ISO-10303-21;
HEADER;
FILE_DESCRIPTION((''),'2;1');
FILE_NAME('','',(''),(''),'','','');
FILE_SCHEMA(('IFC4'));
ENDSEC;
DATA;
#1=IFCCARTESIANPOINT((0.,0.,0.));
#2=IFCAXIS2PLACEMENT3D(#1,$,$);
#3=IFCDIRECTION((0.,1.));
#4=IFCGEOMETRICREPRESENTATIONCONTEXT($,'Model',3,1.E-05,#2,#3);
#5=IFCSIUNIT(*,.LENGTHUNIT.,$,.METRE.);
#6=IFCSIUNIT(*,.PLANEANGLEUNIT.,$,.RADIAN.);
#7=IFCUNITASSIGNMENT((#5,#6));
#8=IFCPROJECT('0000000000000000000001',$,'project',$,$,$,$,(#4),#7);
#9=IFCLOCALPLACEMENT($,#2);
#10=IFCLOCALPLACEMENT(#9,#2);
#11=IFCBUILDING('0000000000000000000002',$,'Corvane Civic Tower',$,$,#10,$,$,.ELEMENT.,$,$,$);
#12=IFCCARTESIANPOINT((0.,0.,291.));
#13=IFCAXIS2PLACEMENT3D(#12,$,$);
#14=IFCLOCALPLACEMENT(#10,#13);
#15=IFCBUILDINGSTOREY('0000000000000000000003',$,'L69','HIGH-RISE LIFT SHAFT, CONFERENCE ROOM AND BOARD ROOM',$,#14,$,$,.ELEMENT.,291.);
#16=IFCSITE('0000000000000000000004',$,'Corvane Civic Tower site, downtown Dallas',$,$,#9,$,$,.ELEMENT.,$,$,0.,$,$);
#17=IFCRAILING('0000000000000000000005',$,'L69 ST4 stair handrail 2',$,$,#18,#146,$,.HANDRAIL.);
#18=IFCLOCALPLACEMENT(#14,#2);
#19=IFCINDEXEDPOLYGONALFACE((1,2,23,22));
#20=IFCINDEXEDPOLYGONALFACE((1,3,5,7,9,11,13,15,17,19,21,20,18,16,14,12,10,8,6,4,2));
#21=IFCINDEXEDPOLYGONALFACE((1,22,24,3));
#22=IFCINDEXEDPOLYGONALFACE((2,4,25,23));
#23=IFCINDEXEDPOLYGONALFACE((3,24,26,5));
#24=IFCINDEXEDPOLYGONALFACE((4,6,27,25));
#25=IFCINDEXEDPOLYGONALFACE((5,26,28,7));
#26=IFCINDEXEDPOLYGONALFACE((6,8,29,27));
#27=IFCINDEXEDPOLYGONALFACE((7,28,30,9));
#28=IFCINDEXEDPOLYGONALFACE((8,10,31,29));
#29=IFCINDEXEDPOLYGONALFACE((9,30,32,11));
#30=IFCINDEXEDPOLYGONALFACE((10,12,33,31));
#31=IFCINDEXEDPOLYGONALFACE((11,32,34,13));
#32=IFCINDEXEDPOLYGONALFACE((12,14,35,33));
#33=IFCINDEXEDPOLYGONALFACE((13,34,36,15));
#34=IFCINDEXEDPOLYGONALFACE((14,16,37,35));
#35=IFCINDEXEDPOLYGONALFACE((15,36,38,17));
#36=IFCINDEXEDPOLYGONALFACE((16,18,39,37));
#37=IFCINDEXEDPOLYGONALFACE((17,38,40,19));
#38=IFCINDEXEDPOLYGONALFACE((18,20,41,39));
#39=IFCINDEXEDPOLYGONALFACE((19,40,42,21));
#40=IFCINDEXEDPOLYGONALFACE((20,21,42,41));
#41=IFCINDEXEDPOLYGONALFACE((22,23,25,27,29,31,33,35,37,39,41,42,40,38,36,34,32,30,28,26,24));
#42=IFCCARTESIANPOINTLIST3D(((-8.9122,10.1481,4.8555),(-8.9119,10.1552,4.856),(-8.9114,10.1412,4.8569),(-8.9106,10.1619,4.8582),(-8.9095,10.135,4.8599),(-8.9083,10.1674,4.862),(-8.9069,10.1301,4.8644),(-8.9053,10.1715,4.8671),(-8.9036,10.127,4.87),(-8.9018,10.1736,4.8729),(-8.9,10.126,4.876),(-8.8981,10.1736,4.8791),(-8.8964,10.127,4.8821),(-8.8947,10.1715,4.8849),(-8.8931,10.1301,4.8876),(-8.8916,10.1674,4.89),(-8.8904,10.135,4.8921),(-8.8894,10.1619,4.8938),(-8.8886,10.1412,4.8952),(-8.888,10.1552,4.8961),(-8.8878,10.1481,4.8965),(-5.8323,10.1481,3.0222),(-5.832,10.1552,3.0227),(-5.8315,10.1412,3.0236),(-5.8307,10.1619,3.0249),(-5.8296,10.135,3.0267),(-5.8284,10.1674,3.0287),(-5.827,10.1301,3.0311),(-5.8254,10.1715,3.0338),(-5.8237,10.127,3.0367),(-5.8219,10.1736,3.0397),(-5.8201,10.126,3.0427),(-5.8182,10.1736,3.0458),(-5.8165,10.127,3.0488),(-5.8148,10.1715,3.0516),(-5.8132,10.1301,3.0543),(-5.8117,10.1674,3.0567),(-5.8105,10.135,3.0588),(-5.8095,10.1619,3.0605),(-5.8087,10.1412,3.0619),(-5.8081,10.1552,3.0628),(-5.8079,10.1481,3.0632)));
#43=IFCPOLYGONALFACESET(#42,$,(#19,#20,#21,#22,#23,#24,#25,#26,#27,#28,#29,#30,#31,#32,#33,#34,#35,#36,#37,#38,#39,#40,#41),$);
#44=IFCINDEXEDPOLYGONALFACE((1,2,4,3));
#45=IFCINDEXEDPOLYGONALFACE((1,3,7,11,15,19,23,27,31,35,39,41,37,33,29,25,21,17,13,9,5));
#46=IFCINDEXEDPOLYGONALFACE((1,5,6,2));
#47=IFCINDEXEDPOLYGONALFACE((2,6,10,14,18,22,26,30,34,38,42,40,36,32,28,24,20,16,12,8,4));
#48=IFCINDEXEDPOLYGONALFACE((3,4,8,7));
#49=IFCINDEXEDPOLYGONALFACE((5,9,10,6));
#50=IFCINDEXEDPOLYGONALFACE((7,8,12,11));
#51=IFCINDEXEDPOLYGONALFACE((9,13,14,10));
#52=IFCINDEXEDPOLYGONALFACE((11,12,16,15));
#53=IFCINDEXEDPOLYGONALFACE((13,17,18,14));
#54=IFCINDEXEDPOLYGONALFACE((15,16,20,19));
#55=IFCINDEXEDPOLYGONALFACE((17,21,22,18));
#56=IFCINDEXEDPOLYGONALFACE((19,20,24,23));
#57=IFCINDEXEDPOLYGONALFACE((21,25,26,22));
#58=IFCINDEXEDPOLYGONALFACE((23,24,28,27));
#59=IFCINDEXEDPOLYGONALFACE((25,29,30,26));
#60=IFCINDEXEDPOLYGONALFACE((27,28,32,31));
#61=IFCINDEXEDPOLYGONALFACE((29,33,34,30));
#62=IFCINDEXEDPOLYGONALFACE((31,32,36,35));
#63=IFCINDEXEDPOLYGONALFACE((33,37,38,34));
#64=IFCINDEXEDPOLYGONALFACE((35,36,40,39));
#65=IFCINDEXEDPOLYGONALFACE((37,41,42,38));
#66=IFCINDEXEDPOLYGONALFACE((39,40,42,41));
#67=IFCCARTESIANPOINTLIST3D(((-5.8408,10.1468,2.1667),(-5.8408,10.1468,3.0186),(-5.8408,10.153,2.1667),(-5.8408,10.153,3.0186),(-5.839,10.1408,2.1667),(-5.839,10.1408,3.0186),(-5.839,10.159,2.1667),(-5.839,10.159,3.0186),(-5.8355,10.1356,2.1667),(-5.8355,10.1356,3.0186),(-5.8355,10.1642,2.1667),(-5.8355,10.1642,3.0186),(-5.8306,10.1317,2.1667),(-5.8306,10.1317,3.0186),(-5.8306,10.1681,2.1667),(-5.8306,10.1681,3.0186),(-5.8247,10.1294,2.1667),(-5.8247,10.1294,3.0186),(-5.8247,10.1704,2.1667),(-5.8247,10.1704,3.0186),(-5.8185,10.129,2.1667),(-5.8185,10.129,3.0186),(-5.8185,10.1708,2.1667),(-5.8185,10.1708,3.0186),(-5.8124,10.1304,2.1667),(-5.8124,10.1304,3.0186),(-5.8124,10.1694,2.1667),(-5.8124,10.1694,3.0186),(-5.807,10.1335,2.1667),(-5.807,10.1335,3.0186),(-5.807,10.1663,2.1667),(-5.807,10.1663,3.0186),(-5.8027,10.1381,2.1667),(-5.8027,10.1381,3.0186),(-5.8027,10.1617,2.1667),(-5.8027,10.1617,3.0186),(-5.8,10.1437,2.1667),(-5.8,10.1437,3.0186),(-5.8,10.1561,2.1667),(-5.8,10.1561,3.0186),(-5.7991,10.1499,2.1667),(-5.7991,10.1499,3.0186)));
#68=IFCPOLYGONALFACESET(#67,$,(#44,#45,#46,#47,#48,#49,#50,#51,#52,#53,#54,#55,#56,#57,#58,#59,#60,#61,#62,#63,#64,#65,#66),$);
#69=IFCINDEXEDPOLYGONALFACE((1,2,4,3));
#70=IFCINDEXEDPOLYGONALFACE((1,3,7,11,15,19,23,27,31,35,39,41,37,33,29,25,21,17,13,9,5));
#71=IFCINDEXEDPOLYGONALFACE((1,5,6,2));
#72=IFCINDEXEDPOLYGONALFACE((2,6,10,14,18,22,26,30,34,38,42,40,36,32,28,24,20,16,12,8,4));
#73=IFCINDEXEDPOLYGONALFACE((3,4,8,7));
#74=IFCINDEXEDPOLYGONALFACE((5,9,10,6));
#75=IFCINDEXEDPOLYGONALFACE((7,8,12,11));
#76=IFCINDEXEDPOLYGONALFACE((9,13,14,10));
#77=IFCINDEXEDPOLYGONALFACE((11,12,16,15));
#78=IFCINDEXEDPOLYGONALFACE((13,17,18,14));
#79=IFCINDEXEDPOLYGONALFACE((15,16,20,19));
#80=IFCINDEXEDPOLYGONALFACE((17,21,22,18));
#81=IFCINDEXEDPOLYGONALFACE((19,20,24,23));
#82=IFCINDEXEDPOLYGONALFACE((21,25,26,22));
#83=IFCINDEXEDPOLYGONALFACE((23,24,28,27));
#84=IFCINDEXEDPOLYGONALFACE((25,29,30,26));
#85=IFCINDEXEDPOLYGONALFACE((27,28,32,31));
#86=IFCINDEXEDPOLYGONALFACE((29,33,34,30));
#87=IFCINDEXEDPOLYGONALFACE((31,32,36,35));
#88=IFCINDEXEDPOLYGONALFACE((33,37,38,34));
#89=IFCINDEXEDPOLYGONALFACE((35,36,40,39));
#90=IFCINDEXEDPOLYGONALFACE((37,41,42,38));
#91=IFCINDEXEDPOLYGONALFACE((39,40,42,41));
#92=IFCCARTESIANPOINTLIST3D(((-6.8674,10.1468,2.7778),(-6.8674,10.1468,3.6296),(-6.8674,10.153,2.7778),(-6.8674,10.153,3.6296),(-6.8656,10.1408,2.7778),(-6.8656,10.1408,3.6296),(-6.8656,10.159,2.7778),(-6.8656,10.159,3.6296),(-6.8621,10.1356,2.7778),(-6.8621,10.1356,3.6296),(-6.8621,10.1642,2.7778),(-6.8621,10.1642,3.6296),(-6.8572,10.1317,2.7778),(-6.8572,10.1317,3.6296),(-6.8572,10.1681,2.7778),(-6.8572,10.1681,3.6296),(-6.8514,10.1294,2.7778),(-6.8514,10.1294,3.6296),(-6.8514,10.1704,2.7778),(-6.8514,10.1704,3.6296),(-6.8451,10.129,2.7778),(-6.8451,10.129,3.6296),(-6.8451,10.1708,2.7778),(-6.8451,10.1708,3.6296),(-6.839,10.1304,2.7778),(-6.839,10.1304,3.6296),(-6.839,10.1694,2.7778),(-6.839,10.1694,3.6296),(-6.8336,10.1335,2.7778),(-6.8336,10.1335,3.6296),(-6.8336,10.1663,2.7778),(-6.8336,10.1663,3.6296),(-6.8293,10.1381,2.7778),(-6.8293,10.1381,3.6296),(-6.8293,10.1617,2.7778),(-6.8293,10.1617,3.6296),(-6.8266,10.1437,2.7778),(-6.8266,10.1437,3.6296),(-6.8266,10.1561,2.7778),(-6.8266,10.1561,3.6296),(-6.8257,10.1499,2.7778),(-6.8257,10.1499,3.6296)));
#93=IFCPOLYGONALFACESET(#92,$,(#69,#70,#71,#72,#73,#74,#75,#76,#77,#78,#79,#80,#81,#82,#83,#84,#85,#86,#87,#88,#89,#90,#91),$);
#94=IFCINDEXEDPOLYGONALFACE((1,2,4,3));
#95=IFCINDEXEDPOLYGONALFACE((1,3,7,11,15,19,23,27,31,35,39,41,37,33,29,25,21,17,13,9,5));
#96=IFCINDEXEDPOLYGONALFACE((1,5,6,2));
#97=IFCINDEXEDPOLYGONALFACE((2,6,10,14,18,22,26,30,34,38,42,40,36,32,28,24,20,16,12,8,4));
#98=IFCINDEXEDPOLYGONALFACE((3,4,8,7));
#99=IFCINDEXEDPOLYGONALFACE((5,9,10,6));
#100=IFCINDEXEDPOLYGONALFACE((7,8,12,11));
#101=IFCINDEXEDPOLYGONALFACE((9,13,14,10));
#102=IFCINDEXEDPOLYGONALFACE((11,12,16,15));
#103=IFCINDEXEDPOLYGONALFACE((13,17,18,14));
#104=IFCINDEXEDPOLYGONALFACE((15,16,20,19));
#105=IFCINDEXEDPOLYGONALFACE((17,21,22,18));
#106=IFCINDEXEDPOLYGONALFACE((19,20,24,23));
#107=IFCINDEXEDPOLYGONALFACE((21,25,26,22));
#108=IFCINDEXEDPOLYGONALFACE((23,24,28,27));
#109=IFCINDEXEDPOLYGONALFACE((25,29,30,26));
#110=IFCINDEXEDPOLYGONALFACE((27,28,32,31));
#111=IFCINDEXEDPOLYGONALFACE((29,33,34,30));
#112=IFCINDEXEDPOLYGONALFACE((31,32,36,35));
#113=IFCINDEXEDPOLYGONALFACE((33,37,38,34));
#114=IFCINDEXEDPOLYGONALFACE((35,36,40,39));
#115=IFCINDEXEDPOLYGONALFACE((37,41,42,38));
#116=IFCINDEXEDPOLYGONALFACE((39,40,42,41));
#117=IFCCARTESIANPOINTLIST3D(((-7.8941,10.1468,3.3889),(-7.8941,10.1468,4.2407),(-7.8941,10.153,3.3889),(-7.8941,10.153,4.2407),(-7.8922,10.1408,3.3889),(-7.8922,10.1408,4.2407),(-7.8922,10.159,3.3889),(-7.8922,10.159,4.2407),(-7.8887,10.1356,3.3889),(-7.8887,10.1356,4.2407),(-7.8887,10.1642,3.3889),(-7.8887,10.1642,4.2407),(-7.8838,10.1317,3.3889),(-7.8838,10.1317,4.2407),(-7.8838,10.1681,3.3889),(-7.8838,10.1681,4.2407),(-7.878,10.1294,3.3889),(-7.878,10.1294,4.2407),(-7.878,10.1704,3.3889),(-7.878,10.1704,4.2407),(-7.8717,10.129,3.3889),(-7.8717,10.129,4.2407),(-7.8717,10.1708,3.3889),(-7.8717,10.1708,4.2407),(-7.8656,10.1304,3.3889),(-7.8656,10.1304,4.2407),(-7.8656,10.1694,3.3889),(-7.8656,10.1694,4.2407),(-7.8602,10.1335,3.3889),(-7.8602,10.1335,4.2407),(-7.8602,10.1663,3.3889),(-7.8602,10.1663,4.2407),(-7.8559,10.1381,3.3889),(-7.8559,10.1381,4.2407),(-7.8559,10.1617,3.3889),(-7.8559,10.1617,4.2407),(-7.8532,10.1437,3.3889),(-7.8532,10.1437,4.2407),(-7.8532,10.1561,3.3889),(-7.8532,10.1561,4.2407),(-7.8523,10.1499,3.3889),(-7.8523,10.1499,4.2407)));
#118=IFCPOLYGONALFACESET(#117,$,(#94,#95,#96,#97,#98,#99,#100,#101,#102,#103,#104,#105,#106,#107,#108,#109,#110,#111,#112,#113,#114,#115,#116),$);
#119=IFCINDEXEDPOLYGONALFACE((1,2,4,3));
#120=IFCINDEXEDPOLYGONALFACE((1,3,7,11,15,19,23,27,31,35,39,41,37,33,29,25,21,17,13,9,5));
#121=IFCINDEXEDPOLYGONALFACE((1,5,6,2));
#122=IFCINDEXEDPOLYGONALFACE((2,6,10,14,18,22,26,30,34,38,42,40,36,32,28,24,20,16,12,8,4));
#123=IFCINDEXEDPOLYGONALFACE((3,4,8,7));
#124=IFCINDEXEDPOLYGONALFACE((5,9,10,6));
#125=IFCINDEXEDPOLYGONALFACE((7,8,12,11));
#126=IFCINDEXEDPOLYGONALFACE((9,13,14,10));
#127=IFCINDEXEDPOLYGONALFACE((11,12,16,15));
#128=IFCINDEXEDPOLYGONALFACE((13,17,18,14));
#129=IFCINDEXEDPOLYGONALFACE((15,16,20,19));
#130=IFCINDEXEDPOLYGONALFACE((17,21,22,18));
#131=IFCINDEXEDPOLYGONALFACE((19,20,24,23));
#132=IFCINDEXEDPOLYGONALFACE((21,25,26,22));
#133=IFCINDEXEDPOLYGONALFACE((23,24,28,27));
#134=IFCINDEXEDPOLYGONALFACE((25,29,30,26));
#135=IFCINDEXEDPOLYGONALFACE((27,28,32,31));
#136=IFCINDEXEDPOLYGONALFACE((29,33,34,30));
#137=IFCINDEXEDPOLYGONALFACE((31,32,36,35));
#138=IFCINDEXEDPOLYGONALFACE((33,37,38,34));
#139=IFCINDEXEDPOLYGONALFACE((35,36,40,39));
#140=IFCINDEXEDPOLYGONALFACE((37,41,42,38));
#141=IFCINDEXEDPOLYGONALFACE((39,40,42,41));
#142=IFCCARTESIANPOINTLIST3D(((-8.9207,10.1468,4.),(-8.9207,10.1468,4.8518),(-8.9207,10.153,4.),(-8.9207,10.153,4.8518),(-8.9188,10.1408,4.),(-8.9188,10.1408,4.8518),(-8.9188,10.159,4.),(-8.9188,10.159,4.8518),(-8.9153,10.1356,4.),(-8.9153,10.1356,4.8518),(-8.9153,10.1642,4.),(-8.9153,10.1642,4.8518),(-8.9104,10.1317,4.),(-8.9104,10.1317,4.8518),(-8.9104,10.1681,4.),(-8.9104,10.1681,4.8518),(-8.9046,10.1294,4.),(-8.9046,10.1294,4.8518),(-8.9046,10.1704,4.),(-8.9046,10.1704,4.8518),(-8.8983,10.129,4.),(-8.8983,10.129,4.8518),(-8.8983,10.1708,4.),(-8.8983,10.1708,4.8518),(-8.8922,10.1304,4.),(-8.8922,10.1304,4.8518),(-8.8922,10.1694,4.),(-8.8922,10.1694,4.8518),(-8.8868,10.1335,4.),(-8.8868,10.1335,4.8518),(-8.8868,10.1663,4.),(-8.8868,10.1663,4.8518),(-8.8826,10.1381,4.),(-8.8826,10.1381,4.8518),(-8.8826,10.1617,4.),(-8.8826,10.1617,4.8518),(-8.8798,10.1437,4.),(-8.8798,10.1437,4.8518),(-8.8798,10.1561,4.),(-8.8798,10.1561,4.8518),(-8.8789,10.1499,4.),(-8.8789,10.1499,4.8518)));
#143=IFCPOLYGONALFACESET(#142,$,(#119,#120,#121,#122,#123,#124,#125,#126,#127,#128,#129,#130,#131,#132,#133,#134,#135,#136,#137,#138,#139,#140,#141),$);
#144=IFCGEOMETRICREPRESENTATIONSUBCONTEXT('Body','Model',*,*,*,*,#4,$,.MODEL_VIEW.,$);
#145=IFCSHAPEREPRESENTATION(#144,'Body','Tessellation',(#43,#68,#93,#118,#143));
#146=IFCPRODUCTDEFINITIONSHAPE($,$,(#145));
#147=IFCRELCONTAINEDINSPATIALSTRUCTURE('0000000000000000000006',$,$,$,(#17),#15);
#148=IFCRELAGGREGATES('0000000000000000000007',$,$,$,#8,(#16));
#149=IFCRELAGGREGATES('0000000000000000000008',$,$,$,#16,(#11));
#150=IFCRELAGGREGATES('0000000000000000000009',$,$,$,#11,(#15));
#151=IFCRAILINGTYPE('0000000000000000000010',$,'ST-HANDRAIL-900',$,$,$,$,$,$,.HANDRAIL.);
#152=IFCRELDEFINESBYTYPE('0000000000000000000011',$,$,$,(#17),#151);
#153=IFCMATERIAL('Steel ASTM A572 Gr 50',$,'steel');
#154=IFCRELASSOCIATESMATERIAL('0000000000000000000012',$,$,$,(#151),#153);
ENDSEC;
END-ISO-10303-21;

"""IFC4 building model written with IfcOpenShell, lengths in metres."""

from ifc_helpers import new_model, si_unit, direction, frame, origin, origin_2d, place, context, subcontext, project, spatial, circle, extrude, material, type_object, element, save


model = new_model("IFC4")

# Units and contexts
model_context = context("Model", 3, precision=1e-05, world=origin(), true_north=direction((0.0, 1.0)))
body_context = subcontext(model_context, "Body", "Model", "MODEL_VIEW")
ifc_project = project(units=[si_unit("LENGTHUNIT", "METRE"), si_unit("PLANEANGLEUNIT", "RADIAN")], contexts=[model_context])

# Site, building, storey
site_placement = place(None, origin())
site = spatial("IfcSite", under=ifc_project, at=site_placement, Name="Corvane Civic Tower site, downtown Dallas", CompositionType="ELEMENT", RefElevation=0.0)
building_placement = place(site_placement, origin())
building = spatial("IfcBuilding", under=site, at=building_placement, Name="Corvane Civic Tower", CompositionType="ELEMENT")
storey_placement = place(building_placement, frame((0.0, 0.0, 291.0)))
storey = spatial("IfcBuildingStorey", under=building, at=storey_placement, Name="L69", Description="HIGH-RISE LIFT SHAFT, CONFERENCE ROOM AND BOARD ROOM", CompositionType="ELEMENT", Elevation=291.0)

# Railing
ifc_material_1 = material(Name="Steel ASTM A572 Gr 50", Category="steel")
railing_type_1 = type_object("IfcRailingType", Name="ST-HANDRAIL-900", PredefinedType="HANDRAIL", material=ifc_material_1)
railing_1_placement = place(storey_placement, frame((-5.8201, 10.1499, 2.1667)))
element("IfcRailing", 1, at=railing_1_placement, inside=storey, type_object=railing_type_1, Name="L69 ST4 stair handrail 2", PredefinedType="HANDRAIL", context=body_context, shape_type="SweptSolid", body=[
    extrude(circle(Radius=0.0239, at=origin_2d()), frame((0.0, 0.0, 0.876), z_axis=(-0.859291, 0.0, 0.511487), x_axis=(0.0, -1.0, 0.0)), (0.0, 0.0, 1.0), 3.5842),
    extrude(circle(Radius=0.021, at=origin_2d()), origin(), (0.0, 0.0, 1.0), 0.8518),
    extrude(circle(Radius=0.021, at=origin_2d()), frame((-1.0266, 0.0, 0.6111)), (0.0, 0.0, 1.0), 0.8518),
    extrude(circle(Radius=0.021, at=origin_2d()), frame((-2.0532, 0.0, 1.2222)), (0.0, 0.0, 1.0), 0.8518),
    extrude(circle(Radius=0.021, at=origin_2d()), frame((-3.0798, 0.0, 1.8333)), (0.0, 0.0, 1.0), 0.8518),
])

save(model, "model.ifc")
